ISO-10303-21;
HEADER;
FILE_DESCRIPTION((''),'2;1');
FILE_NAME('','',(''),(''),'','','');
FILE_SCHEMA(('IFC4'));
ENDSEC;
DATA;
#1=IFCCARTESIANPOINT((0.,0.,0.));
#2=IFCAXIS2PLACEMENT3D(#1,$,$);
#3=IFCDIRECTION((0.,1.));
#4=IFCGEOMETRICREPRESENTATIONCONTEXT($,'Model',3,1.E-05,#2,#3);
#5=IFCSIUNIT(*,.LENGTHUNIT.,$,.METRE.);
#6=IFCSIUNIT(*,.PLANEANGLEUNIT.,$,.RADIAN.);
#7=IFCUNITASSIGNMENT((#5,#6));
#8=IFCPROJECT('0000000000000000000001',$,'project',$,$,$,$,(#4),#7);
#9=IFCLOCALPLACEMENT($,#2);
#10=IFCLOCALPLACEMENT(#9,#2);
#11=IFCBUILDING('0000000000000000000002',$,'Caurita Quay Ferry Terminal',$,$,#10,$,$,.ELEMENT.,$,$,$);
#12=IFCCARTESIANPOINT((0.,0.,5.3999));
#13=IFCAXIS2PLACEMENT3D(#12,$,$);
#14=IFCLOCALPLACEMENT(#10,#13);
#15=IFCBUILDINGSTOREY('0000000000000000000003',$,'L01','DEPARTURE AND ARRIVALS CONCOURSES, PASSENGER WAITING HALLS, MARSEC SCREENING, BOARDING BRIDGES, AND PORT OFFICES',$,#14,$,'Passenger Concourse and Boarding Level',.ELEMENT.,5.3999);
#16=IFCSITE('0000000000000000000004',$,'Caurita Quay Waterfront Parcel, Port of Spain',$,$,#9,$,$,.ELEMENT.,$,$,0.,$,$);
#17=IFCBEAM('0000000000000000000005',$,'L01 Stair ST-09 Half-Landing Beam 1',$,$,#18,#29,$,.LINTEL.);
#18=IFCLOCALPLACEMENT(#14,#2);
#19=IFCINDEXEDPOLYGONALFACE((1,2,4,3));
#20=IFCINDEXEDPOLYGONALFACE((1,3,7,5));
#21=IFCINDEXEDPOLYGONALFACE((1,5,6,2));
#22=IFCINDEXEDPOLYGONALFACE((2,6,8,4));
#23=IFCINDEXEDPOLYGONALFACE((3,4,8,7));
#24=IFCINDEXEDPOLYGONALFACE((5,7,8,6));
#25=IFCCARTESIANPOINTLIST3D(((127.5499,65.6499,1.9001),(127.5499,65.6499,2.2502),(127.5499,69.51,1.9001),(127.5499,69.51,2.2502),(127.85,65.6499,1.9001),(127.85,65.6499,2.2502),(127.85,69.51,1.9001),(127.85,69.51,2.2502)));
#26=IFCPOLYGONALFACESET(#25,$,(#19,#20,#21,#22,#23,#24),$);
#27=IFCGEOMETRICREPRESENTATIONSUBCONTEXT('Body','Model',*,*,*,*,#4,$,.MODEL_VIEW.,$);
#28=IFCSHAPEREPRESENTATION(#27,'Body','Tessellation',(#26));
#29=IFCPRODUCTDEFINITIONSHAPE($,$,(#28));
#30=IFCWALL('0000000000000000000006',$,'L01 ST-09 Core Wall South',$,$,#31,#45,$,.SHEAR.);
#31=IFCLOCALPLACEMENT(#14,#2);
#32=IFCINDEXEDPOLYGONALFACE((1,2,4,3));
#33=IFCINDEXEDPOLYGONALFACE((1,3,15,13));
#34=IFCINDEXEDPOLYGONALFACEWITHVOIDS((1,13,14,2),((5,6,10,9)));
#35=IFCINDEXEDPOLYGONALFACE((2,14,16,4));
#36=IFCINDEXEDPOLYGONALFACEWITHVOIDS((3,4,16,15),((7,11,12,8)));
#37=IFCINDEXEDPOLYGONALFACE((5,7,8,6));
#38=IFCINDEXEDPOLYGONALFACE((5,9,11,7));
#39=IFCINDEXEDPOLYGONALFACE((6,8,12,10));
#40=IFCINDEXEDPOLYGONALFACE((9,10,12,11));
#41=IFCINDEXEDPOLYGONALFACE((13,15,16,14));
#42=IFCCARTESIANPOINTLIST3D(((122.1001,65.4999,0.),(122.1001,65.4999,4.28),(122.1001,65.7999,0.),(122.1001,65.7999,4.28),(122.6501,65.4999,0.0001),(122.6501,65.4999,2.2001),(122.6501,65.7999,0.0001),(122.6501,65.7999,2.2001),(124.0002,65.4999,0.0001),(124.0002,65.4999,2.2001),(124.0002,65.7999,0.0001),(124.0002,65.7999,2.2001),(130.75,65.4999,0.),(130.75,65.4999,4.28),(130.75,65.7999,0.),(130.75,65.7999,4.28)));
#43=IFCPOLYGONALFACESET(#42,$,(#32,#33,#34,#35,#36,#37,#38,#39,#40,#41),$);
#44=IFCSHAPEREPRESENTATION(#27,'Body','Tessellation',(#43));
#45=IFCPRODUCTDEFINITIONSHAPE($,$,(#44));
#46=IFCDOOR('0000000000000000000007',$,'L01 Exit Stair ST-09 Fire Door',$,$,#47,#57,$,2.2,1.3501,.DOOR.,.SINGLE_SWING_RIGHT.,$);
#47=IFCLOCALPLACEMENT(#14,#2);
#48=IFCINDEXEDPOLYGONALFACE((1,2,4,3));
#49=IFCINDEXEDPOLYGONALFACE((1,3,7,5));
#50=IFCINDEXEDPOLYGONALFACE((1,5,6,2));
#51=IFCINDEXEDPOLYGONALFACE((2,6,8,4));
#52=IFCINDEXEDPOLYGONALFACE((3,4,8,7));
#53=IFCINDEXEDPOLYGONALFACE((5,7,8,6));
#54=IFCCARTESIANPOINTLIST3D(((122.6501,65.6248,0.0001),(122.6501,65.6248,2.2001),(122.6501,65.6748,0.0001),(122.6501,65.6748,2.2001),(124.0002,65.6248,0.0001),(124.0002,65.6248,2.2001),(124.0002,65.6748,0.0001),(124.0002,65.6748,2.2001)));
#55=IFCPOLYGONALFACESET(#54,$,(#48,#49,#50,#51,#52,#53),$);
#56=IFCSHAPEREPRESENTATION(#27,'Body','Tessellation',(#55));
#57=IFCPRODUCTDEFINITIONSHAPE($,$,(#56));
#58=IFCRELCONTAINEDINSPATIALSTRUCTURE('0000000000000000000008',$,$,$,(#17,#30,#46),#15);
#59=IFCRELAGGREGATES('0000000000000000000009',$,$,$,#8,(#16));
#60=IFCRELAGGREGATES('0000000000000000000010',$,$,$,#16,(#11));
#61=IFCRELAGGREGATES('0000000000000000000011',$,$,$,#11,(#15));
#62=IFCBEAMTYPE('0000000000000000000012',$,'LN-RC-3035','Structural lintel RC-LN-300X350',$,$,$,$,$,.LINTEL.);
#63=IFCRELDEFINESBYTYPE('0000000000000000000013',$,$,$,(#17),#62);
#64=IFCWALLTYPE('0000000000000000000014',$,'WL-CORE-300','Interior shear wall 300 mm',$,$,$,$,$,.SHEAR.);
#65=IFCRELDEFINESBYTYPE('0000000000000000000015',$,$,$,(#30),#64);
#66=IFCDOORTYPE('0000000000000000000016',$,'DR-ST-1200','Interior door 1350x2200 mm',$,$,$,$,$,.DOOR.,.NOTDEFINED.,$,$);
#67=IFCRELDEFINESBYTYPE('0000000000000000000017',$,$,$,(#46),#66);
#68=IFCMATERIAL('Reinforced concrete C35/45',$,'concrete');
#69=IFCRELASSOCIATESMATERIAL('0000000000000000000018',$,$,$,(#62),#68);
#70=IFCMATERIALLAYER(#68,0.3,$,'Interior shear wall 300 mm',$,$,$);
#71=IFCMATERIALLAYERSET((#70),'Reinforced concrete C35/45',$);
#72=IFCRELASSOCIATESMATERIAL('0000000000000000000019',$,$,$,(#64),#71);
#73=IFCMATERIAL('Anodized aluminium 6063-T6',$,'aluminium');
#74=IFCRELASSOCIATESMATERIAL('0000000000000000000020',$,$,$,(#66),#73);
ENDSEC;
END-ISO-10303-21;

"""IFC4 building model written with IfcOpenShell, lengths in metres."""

from ifc_helpers import new_model, si_unit, direction, frame, frame_2d, origin, origin_2d, place, context, subcontext, project, spatial, rectangle, extrude, material, layer, layer_set, material_profile, profile_set, type_object, element, fill, save


model = new_model("IFC4")

# Units and contexts
model_context = context("Model", 3, precision=1e-05, world=origin(), true_north=direction((0.0, 1.0)))
body_context = subcontext(model_context, "Body", "Model", "MODEL_VIEW")
ifc_project = project(units=[si_unit("LENGTHUNIT", "METRE"), si_unit("PLANEANGLEUNIT", "RADIAN")], contexts=[model_context])

# Site, building, storey
site_placement = place(None, origin())
site = spatial("IfcSite", under=ifc_project, at=site_placement, Name="Caurita Quay Waterfront Parcel, Port of Spain", CompositionType="ELEMENT", RefElevation=0.0)
building_placement = place(site_placement, origin())
building = spatial("IfcBuilding", under=site, at=building_placement, Name="Caurita Quay Ferry Terminal", CompositionType="ELEMENT")
storey_placement = place(building_placement, frame((0.0, 0.0, 5.3999)))
storey = spatial("IfcBuildingStorey", under=building, at=storey_placement, Name="L01", Description="DEPARTURE AND ARRIVALS CONCOURSES, PASSENGER WAITING HALLS, MARSEC SCREENING, BOARDING BRIDGES, AND PORT OFFICES", LongName="Passenger Concourse and Boarding Level", CompositionType="ELEMENT", Elevation=5.3999)

# Beam
ifc_material_1 = material(Name="Reinforced concrete C35/45", Category="concrete")
ifc_material_profile_1 = material_profile(ifc_material_1, rectangle(XDim=0.3, YDim=0.3501, at=origin_2d()), Name="RC-LN-300X350")
ifc_profile_set_1 = profile_set([ifc_material_profile_1], Name="Reinforced concrete C35/45")
beam_type_1 = type_object("IfcBeamType", Name="LN-RC-3035", Description="Structural lintel RC-LN-300X350", PredefinedType="LINTEL", material=ifc_profile_set_1)
beam_1_placement = place(storey_placement, frame((127.7, 65.6499, 2.0752), z_axis=(0.0, 1.0, 0.0), x_axis=(-1.0, 0.0, 0.0)))
element("IfcBeam", 1, at=beam_1_placement, inside=storey, type_object=beam_type_1, Name="L01 Stair ST-09 Half-Landing Beam 1", PredefinedType="LINTEL", context=body_context, shape_type="SweptSolid", body=[
    extrude(rectangle(XDim=0.3, YDim=0.3501, at=origin_2d()), origin(), (0.0, 0.0, 1.0), 3.8601),
])

# Wall, opening, door
ifc_layer = layer(ifc_material_1, 0.3, Name="Interior shear wall 300 mm")
ifc_layer_set = layer_set([ifc_layer], Name="Reinforced concrete C35/45")
wall_type = type_object("IfcWallType", Name="WL-CORE-300", Description="Interior shear wall 300 mm", PredefinedType="SHEAR", material=ifc_layer_set)
wall_placement = place(storey_placement, frame((122.1001, 65.6499, 0.0), z_axis=(0.0, 0.0, 1.0), x_axis=(1.0, 0.0, 0.0)))
wall = element("IfcWall", 2, at=wall_placement, inside=storey, type_object=wall_type, Name="L01 ST-09 Core Wall South", PredefinedType="SHEAR", context=body_context, shape_type="SweptSolid", body=[
    extrude(rectangle(XDim=8.6499, YDim=0.3, at=frame_2d((4.325, 0.0))), origin(), (0.0, 0.0, 1.0), 4.28),
])
opening_placement = place(wall_placement, frame((0.55, 0.0, 0.0)))
opening = element("IfcOpeningElement", 3, at=opening_placement, cuts=wall, PredefinedType="OPENING", context=body_context, shape_type="SweptSolid", body=[
    extrude(rectangle(XDim=1.3501, YDim=2.2, at=frame_2d((0.675, 1.1001))), frame((0.0, 0.1599, 0.0), z_axis=(0.0, -1.0, 0.0), x_axis=(1.0, 0.0, 0.0)), (0.0, 0.0, 1.0), 0.3201),
])
ifc_material_2 = material(Name="Anodized aluminium 6063-T6", Category="aluminium")
door_type = type_object("IfcDoorType", Name="DR-ST-1200", Description="Interior door 1350x2200 mm", OperationType="NOTDEFINED", PredefinedType="DOOR", material=ifc_material_2)
door_placement = place(opening_placement, origin())
door = element("IfcDoor", 4, at=door_placement, inside=storey, type_object=door_type, Name="L01 Exit Stair ST-09 Fire Door", OperationType="SINGLE_SWING_RIGHT", OverallHeight=2.2, OverallWidth=1.3501, PredefinedType="DOOR", context=body_context, shape_type="SweptSolid", body=[
    extrude(rectangle(XDim=1.3501, YDim=2.2, at=frame_2d((0.675, 1.1001))), frame((0.0, 0.0249, 0.0), z_axis=(0.0, -1.0, 0.0), x_axis=(1.0, 0.0, 0.0)), (0.0, 0.0, 1.0), 0.05),
])
fill(opening, door)

save(model, "model.ifc")
